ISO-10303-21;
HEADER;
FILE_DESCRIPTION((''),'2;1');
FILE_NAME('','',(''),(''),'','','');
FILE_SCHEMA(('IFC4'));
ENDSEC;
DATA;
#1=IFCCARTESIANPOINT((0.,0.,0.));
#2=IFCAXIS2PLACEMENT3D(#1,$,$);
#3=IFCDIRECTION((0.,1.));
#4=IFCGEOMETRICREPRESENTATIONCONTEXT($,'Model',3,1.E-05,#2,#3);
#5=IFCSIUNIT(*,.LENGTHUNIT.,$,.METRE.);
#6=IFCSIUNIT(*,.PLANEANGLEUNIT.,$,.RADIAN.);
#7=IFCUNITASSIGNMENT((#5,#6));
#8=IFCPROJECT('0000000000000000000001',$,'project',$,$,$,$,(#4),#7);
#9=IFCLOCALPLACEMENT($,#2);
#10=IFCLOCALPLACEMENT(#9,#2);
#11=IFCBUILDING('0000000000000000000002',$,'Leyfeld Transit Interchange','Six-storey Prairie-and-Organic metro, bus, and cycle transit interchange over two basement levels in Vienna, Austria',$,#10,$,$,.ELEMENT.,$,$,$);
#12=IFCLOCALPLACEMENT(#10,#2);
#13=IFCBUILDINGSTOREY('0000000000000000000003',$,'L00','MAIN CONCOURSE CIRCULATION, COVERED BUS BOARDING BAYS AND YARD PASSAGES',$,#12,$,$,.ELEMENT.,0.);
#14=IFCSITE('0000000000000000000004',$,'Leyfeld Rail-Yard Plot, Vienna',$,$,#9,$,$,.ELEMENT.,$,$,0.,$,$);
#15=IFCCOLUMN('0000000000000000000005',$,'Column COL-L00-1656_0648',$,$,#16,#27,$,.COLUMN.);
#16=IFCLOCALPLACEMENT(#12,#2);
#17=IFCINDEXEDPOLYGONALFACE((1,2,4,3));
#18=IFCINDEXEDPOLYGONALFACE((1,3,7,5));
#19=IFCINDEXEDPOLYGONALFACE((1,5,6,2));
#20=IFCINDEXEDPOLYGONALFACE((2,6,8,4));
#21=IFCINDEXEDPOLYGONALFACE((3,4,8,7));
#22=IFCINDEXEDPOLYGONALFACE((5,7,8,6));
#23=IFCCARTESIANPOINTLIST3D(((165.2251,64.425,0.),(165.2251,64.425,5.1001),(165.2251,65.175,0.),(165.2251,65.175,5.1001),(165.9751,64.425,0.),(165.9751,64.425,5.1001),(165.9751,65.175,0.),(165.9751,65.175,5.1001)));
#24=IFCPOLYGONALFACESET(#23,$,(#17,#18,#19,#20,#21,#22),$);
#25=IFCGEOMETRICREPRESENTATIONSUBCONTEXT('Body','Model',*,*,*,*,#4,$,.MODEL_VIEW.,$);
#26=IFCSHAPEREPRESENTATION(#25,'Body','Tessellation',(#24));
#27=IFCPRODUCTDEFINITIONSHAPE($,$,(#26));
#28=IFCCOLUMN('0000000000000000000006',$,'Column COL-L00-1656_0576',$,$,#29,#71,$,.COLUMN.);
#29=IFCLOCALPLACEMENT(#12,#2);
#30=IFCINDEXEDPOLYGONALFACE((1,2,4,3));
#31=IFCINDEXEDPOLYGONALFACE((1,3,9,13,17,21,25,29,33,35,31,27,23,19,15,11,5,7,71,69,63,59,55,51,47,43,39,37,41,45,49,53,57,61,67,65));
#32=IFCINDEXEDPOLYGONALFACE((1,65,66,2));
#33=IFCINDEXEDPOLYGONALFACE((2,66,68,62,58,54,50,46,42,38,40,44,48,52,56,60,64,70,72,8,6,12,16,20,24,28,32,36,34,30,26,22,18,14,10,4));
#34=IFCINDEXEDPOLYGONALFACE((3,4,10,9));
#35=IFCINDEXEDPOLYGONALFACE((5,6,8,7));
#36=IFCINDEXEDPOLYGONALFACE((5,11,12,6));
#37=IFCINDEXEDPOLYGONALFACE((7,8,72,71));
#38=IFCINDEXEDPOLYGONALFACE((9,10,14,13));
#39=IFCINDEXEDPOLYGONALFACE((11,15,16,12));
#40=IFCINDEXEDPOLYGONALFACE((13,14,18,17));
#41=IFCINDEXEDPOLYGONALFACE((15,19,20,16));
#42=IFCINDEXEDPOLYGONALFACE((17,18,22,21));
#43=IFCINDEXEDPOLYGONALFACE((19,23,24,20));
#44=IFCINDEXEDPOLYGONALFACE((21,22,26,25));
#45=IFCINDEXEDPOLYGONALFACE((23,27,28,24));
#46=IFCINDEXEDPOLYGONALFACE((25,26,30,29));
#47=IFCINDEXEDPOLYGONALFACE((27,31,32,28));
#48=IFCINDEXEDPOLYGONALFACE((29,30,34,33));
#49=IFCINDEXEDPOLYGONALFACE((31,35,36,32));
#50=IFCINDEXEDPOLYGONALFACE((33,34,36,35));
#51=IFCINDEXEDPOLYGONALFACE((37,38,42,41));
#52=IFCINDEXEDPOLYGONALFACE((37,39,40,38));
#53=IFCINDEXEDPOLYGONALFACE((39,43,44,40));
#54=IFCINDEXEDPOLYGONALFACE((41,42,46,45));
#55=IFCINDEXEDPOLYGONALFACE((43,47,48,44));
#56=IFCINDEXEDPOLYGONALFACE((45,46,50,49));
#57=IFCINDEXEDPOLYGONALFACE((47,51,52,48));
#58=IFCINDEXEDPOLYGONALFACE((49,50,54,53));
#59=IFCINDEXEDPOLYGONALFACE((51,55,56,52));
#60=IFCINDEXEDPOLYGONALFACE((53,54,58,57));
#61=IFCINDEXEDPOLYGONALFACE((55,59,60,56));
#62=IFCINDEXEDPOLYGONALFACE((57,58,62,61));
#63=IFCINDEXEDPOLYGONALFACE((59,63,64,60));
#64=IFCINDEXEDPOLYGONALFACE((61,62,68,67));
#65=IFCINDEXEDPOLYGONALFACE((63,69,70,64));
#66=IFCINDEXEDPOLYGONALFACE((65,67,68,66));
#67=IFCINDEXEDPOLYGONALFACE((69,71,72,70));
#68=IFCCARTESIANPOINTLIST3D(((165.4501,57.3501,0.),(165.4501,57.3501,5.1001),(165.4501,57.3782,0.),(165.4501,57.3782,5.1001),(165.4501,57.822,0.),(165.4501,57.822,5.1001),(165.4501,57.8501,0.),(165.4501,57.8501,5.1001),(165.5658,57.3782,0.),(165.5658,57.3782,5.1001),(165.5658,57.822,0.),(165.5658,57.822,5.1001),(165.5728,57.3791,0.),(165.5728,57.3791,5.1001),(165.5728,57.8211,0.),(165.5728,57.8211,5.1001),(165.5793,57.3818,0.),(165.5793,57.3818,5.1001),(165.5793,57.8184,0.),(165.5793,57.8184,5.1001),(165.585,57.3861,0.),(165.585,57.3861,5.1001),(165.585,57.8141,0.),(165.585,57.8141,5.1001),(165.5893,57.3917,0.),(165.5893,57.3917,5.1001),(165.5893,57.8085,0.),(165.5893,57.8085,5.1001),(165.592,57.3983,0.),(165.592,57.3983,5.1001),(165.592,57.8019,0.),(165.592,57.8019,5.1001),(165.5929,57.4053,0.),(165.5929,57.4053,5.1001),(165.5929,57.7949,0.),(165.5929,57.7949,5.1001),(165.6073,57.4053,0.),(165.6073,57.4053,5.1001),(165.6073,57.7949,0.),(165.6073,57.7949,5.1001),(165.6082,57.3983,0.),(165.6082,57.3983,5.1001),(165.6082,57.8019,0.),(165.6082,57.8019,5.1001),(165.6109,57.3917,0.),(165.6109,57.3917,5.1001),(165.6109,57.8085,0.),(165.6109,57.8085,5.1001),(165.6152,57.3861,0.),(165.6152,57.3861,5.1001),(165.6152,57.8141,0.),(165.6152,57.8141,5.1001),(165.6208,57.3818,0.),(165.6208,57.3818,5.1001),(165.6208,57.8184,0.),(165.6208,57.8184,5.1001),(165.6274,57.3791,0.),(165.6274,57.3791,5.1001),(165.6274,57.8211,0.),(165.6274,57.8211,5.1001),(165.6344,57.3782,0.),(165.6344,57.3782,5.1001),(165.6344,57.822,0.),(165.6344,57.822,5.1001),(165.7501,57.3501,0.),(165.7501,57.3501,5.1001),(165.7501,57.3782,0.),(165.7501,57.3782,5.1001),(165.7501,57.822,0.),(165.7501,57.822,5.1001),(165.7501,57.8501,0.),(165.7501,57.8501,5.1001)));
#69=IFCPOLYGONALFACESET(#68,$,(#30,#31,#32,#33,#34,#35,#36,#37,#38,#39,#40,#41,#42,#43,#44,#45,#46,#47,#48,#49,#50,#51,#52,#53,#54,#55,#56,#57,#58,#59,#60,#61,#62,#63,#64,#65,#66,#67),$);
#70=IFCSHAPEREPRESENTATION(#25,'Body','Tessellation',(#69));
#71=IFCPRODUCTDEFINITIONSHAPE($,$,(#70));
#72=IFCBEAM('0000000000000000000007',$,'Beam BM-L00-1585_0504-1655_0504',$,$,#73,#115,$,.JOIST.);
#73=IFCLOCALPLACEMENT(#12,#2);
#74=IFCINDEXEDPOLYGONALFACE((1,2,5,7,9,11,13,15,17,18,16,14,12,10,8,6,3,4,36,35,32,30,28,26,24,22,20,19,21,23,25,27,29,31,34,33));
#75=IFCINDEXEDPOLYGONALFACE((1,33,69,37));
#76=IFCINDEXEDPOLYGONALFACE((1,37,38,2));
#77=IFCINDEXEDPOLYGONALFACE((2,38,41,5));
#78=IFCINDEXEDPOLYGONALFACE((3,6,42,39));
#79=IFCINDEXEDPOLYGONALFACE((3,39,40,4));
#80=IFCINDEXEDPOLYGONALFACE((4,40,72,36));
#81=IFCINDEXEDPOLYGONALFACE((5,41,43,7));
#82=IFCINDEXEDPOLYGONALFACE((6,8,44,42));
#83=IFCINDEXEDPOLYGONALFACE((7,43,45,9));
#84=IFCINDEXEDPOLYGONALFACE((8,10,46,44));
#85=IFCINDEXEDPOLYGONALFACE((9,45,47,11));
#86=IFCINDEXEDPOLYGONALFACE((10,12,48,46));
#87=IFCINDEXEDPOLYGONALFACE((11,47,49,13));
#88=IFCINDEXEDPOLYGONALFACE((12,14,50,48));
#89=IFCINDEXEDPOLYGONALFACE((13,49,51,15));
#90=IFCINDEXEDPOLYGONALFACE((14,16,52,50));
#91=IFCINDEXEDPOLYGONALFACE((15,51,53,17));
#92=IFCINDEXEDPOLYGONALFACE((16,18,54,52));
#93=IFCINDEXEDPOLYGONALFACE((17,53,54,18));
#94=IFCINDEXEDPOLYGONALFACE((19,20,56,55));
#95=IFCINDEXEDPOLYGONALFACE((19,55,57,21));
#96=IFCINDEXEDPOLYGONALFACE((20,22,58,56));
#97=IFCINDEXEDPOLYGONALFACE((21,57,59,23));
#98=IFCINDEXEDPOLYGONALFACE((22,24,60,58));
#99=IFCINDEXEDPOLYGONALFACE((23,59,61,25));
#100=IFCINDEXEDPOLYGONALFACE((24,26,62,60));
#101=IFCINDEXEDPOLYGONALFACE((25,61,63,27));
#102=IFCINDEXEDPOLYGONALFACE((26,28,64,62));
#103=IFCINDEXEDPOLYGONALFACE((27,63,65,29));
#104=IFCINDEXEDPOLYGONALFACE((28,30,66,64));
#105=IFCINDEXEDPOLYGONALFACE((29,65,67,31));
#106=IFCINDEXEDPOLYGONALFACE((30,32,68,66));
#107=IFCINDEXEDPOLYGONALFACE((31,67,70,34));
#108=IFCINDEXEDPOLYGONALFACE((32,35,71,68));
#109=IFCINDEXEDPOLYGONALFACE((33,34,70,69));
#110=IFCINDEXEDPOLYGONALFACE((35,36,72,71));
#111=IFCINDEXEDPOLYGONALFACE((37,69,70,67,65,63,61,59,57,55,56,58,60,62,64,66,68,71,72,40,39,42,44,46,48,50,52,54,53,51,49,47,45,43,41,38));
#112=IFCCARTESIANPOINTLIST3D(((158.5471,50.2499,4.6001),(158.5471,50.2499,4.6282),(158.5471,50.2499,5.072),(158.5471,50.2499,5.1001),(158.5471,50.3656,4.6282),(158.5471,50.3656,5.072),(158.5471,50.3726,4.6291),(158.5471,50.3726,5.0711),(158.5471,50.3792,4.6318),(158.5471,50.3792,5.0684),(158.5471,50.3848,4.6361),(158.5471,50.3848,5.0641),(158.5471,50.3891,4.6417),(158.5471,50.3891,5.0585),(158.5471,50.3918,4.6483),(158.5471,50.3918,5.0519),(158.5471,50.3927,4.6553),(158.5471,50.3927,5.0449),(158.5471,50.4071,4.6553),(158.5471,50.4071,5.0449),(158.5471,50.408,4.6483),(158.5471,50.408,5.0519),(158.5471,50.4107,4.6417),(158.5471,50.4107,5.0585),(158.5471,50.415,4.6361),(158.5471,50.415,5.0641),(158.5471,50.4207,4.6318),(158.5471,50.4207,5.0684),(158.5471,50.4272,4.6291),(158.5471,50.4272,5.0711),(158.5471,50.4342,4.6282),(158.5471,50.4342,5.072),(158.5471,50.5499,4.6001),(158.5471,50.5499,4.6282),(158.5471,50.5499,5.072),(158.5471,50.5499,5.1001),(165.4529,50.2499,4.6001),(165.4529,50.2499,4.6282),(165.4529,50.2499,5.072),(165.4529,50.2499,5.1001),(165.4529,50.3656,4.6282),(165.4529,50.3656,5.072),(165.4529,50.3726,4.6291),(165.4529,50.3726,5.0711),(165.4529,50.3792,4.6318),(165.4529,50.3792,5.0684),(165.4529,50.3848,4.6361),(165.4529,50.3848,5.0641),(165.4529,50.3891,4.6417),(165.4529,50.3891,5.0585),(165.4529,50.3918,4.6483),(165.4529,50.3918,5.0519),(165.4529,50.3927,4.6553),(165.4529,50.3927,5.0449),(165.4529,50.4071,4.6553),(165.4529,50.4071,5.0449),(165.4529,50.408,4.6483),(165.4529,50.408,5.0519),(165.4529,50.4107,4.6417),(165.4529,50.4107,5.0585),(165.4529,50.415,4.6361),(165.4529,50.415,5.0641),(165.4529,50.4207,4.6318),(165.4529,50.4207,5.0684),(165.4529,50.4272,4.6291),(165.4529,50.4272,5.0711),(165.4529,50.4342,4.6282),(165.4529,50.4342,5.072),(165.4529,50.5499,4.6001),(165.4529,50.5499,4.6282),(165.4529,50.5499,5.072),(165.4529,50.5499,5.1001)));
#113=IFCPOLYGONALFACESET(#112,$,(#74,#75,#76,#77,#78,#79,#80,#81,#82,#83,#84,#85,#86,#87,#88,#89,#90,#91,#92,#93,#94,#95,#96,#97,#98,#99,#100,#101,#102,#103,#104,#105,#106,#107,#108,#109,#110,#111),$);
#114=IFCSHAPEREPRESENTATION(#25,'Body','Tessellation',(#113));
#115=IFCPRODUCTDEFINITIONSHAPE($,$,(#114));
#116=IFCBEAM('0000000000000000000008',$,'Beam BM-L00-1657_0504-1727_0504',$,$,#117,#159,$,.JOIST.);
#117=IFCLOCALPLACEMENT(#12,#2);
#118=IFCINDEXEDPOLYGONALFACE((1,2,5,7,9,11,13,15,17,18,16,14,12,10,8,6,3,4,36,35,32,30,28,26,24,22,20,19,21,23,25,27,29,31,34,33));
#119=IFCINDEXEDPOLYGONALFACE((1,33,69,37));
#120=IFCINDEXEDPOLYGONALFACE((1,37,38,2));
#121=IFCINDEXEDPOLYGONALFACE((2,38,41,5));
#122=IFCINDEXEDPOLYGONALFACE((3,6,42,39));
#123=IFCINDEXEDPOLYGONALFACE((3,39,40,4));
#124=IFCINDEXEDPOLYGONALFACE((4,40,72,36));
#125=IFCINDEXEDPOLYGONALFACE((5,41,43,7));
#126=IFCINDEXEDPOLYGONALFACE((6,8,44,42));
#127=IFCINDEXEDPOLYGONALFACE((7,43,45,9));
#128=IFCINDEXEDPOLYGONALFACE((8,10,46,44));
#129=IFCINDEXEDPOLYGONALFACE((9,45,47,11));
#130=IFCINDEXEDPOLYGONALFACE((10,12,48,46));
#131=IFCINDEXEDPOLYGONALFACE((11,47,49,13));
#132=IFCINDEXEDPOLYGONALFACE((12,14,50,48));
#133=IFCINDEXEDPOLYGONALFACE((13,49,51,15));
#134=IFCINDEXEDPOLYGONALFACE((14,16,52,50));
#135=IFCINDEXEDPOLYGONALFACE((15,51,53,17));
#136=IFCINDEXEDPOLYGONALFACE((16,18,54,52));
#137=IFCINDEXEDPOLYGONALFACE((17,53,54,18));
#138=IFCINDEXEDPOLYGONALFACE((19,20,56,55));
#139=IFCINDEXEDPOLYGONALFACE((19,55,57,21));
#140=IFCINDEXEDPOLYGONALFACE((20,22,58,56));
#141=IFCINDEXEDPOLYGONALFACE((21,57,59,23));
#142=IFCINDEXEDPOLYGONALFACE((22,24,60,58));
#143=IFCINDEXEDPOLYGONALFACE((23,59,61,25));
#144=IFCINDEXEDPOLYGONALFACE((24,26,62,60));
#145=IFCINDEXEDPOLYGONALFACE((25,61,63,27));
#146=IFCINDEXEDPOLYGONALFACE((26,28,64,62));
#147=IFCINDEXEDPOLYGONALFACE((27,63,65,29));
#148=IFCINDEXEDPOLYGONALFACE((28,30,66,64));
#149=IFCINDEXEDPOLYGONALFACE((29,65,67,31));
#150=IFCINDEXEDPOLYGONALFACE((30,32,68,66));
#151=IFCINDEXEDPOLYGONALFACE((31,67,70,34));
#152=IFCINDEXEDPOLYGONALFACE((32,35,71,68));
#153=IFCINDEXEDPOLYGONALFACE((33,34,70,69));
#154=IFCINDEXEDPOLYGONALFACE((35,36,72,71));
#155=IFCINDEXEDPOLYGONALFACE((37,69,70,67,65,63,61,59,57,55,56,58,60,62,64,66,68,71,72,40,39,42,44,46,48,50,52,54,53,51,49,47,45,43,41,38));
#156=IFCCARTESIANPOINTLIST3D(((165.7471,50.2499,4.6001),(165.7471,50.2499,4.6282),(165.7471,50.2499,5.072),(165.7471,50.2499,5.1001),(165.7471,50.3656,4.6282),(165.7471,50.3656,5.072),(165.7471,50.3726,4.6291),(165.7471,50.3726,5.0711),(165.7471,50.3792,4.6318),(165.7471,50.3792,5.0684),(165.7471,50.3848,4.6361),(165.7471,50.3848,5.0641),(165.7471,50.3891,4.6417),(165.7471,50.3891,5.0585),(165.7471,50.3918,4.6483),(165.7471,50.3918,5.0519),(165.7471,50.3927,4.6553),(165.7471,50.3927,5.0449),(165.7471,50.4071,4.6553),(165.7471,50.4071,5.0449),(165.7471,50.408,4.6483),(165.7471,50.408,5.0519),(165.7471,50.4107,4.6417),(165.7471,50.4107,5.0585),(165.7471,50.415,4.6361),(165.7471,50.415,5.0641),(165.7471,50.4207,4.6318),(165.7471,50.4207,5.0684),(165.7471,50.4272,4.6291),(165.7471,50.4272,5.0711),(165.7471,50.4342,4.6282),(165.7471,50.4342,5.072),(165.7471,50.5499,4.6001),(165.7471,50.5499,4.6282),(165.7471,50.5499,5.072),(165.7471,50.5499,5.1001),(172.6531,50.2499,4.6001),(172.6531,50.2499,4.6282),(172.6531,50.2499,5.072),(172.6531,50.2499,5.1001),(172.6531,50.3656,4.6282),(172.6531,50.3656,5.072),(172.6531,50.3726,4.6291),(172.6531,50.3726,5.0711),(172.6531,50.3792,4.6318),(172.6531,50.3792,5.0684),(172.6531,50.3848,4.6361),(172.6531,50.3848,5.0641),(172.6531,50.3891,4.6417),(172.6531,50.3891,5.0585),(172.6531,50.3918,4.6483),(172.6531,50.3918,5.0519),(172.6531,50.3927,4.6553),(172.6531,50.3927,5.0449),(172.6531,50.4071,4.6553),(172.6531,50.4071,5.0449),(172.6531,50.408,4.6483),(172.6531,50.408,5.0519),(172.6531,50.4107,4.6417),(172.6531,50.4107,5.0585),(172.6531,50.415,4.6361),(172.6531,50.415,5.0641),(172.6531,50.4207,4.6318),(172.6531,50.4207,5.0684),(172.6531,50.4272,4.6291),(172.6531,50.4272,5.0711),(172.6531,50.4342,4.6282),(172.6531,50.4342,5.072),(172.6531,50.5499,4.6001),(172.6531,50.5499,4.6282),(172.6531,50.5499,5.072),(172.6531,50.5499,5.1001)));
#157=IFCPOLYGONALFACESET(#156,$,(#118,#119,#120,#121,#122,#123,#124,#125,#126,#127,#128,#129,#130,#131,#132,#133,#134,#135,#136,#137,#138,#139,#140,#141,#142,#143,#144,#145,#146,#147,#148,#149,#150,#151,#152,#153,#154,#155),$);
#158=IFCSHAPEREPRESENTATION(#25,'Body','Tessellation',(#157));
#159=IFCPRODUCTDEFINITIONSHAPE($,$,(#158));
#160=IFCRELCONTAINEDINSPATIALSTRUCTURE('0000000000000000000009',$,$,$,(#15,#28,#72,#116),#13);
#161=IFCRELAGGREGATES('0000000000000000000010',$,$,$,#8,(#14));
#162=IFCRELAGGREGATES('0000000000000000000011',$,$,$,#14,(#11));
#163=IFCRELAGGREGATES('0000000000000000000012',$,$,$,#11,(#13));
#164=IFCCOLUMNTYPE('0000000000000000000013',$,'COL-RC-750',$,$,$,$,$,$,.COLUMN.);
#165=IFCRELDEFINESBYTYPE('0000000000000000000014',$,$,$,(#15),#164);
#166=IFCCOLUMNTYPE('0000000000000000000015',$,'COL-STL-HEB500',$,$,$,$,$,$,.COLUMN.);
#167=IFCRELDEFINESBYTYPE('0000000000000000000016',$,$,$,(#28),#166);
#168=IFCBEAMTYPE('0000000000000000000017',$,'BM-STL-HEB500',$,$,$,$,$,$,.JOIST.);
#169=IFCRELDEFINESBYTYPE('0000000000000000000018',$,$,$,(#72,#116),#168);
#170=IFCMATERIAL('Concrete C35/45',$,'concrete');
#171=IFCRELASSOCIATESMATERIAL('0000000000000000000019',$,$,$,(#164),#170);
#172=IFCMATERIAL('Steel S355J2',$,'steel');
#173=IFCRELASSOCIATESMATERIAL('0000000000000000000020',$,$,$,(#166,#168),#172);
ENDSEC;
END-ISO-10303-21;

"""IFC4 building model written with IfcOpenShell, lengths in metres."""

from ifc_helpers import new_model, si_unit, direction, frame, origin, origin_2d, place, context, subcontext, project, spatial, rectangle, i_section, extrude, material, material_profile, profile_set, type_object, element, save


model = new_model("IFC4")

# Units and contexts
model_context = context("Model", 3, precision=1e-05, world=origin(), true_north=direction((0.0, 1.0)))
body_context = subcontext(model_context, "Body", "Model", "MODEL_VIEW")
ifc_project = project(units=[si_unit("LENGTHUNIT", "METRE"), si_unit("PLANEANGLEUNIT", "RADIAN")], contexts=[model_context])

# Site, building, storey
site_placement = place(None, origin())
site = spatial("IfcSite", under=ifc_project, at=site_placement, Name="Leyfeld Rail-Yard Plot, Vienna", CompositionType="ELEMENT", RefElevation=0.0)
building_placement = place(site_placement, origin())
building = spatial("IfcBuilding", under=site, at=building_placement, Name="Leyfeld Transit Interchange", Description="Six-storey Prairie-and-Organic metro, bus, and cycle transit interchange over two basement levels in Vienna, Austria", CompositionType="ELEMENT")
storey_placement = place(building_placement, origin())
storey = spatial("IfcBuildingStorey", under=building, at=storey_placement, Name="L00", Description="MAIN CONCOURSE CIRCULATION, COVERED BUS BOARDING BAYS AND YARD PASSAGES", CompositionType="ELEMENT", Elevation=0.0)

# Shared definitions
ifc_material_1 = material(Name="Concrete C35/45", Category="concrete")

# Columns
ifc_material_profile_1 = material_profile(ifc_material_1, rectangle(XDim=0.75, YDim=0.75, at=origin_2d()), Name="RC 750x750")
ifc_profile_set_1 = profile_set([ifc_material_profile_1], Name="Concrete C35/45")
column_type_1 = type_object("IfcColumnType", Name="COL-RC-750", PredefinedType="COLUMN", material=ifc_profile_set_1)
for number, where, z_axis, x_axis, name in (
    (1, (165.6001, 64.8, 0.0), (0.0, 0.0, 1.0), (1.0, 0.0, 0.0), "Column COL-L00-1656_0648"),
):
    element("IfcColumn", number, at=place(storey_placement, frame(where, z_axis=z_axis, x_axis=x_axis)), inside=storey, type_object=column_type_1, Name=name, PredefinedType="COLUMN", context=body_context, shape_type="SweptSolid", body=[
        extrude(rectangle(XDim=0.75, YDim=0.75, at=origin_2d()), origin(), (0.0, 0.0, 1.0), 5.1001),
    ])
ifc_material_2 = material(Name="Steel S355J2", Category="steel")
ifc_material_profile_2 = material_profile(ifc_material_2, i_section(OverallWidth=0.3, OverallDepth=0.5, WebThickness=0.0144, FlangeThickness=0.0281, FilletRadius=0.0271, at=origin_2d()), Name="HEB 500")
ifc_profile_set_2 = profile_set([ifc_material_profile_2], Name="Steel S355J2")
column_type_2 = type_object("IfcColumnType", Name="COL-STL-HEB500", PredefinedType="COLUMN", material=ifc_profile_set_2)
column_placement = place(storey_placement, frame((165.6001, 57.6001, 0.0), z_axis=(0.0, 0.0, 1.0), x_axis=(1.0, 0.0, 0.0)))
element("IfcColumn", 2, at=column_placement, inside=storey, type_object=column_type_2, Name="Column COL-L00-1656_0576", PredefinedType="COLUMN", context=body_context, shape_type="SweptSolid", body=[
    extrude(i_section(OverallWidth=0.3, OverallDepth=0.5, WebThickness=0.0144, FlangeThickness=0.0281, FilletRadius=0.0271, at=origin_2d()), origin(), (0.0, 0.0, 1.0), 5.1001),
])

# Beams
ifc_material_profile_3 = material_profile(ifc_material_2, i_section(OverallWidth=0.3, OverallDepth=0.5, WebThickness=0.0144, FlangeThickness=0.0281, FilletRadius=0.0271, at=origin_2d()), Name="HEB 500")
ifc_profile_set_3 = profile_set([ifc_material_profile_3], Name="Steel S355J2")
beam_type_1 = type_object("IfcBeamType", Name="BM-STL-HEB500", PredefinedType="JOIST", material=ifc_profile_set_3)
beam_1_placement = place(storey_placement, frame((158.5471, 50.3999, 4.8501), z_axis=(1.0, 0.0, 0.0), x_axis=(0.0, 1.0, 0.0)))
element("IfcBeam", 3, at=beam_1_placement, inside=storey, type_object=beam_type_1, Name="Beam BM-L00-1585_0504-1655_0504", PredefinedType="JOIST", context=body_context, shape_type="SweptSolid", body=[
    extrude(i_section(OverallWidth=0.3, OverallDepth=0.5, WebThickness=0.0144, FlangeThickness=0.0281, FilletRadius=0.0271, at=origin_2d()), origin(), (0.0, 0.0, 1.0), 6.9058),
])
beam_2_placement = place(storey_placement, frame((165.7471, 50.3999, 4.8501), z_axis=(1.0, 0.0, 0.0), x_axis=(0.0, 1.0, 0.0)))
element("IfcBeam", 4, at=beam_2_placement, inside=storey, type_object=beam_type_1, Name="Beam BM-L00-1657_0504-1727_0504", PredefinedType="JOIST", context=body_context, shape_type="SweptSolid", body=[
    extrude(i_section(OverallWidth=0.3, OverallDepth=0.5, WebThickness=0.0144, FlangeThickness=0.0281, FilletRadius=0.0271, at=origin_2d()), origin(), (0.0, 0.0, 1.0), 6.906),
])

save(model, "model.ifc")
